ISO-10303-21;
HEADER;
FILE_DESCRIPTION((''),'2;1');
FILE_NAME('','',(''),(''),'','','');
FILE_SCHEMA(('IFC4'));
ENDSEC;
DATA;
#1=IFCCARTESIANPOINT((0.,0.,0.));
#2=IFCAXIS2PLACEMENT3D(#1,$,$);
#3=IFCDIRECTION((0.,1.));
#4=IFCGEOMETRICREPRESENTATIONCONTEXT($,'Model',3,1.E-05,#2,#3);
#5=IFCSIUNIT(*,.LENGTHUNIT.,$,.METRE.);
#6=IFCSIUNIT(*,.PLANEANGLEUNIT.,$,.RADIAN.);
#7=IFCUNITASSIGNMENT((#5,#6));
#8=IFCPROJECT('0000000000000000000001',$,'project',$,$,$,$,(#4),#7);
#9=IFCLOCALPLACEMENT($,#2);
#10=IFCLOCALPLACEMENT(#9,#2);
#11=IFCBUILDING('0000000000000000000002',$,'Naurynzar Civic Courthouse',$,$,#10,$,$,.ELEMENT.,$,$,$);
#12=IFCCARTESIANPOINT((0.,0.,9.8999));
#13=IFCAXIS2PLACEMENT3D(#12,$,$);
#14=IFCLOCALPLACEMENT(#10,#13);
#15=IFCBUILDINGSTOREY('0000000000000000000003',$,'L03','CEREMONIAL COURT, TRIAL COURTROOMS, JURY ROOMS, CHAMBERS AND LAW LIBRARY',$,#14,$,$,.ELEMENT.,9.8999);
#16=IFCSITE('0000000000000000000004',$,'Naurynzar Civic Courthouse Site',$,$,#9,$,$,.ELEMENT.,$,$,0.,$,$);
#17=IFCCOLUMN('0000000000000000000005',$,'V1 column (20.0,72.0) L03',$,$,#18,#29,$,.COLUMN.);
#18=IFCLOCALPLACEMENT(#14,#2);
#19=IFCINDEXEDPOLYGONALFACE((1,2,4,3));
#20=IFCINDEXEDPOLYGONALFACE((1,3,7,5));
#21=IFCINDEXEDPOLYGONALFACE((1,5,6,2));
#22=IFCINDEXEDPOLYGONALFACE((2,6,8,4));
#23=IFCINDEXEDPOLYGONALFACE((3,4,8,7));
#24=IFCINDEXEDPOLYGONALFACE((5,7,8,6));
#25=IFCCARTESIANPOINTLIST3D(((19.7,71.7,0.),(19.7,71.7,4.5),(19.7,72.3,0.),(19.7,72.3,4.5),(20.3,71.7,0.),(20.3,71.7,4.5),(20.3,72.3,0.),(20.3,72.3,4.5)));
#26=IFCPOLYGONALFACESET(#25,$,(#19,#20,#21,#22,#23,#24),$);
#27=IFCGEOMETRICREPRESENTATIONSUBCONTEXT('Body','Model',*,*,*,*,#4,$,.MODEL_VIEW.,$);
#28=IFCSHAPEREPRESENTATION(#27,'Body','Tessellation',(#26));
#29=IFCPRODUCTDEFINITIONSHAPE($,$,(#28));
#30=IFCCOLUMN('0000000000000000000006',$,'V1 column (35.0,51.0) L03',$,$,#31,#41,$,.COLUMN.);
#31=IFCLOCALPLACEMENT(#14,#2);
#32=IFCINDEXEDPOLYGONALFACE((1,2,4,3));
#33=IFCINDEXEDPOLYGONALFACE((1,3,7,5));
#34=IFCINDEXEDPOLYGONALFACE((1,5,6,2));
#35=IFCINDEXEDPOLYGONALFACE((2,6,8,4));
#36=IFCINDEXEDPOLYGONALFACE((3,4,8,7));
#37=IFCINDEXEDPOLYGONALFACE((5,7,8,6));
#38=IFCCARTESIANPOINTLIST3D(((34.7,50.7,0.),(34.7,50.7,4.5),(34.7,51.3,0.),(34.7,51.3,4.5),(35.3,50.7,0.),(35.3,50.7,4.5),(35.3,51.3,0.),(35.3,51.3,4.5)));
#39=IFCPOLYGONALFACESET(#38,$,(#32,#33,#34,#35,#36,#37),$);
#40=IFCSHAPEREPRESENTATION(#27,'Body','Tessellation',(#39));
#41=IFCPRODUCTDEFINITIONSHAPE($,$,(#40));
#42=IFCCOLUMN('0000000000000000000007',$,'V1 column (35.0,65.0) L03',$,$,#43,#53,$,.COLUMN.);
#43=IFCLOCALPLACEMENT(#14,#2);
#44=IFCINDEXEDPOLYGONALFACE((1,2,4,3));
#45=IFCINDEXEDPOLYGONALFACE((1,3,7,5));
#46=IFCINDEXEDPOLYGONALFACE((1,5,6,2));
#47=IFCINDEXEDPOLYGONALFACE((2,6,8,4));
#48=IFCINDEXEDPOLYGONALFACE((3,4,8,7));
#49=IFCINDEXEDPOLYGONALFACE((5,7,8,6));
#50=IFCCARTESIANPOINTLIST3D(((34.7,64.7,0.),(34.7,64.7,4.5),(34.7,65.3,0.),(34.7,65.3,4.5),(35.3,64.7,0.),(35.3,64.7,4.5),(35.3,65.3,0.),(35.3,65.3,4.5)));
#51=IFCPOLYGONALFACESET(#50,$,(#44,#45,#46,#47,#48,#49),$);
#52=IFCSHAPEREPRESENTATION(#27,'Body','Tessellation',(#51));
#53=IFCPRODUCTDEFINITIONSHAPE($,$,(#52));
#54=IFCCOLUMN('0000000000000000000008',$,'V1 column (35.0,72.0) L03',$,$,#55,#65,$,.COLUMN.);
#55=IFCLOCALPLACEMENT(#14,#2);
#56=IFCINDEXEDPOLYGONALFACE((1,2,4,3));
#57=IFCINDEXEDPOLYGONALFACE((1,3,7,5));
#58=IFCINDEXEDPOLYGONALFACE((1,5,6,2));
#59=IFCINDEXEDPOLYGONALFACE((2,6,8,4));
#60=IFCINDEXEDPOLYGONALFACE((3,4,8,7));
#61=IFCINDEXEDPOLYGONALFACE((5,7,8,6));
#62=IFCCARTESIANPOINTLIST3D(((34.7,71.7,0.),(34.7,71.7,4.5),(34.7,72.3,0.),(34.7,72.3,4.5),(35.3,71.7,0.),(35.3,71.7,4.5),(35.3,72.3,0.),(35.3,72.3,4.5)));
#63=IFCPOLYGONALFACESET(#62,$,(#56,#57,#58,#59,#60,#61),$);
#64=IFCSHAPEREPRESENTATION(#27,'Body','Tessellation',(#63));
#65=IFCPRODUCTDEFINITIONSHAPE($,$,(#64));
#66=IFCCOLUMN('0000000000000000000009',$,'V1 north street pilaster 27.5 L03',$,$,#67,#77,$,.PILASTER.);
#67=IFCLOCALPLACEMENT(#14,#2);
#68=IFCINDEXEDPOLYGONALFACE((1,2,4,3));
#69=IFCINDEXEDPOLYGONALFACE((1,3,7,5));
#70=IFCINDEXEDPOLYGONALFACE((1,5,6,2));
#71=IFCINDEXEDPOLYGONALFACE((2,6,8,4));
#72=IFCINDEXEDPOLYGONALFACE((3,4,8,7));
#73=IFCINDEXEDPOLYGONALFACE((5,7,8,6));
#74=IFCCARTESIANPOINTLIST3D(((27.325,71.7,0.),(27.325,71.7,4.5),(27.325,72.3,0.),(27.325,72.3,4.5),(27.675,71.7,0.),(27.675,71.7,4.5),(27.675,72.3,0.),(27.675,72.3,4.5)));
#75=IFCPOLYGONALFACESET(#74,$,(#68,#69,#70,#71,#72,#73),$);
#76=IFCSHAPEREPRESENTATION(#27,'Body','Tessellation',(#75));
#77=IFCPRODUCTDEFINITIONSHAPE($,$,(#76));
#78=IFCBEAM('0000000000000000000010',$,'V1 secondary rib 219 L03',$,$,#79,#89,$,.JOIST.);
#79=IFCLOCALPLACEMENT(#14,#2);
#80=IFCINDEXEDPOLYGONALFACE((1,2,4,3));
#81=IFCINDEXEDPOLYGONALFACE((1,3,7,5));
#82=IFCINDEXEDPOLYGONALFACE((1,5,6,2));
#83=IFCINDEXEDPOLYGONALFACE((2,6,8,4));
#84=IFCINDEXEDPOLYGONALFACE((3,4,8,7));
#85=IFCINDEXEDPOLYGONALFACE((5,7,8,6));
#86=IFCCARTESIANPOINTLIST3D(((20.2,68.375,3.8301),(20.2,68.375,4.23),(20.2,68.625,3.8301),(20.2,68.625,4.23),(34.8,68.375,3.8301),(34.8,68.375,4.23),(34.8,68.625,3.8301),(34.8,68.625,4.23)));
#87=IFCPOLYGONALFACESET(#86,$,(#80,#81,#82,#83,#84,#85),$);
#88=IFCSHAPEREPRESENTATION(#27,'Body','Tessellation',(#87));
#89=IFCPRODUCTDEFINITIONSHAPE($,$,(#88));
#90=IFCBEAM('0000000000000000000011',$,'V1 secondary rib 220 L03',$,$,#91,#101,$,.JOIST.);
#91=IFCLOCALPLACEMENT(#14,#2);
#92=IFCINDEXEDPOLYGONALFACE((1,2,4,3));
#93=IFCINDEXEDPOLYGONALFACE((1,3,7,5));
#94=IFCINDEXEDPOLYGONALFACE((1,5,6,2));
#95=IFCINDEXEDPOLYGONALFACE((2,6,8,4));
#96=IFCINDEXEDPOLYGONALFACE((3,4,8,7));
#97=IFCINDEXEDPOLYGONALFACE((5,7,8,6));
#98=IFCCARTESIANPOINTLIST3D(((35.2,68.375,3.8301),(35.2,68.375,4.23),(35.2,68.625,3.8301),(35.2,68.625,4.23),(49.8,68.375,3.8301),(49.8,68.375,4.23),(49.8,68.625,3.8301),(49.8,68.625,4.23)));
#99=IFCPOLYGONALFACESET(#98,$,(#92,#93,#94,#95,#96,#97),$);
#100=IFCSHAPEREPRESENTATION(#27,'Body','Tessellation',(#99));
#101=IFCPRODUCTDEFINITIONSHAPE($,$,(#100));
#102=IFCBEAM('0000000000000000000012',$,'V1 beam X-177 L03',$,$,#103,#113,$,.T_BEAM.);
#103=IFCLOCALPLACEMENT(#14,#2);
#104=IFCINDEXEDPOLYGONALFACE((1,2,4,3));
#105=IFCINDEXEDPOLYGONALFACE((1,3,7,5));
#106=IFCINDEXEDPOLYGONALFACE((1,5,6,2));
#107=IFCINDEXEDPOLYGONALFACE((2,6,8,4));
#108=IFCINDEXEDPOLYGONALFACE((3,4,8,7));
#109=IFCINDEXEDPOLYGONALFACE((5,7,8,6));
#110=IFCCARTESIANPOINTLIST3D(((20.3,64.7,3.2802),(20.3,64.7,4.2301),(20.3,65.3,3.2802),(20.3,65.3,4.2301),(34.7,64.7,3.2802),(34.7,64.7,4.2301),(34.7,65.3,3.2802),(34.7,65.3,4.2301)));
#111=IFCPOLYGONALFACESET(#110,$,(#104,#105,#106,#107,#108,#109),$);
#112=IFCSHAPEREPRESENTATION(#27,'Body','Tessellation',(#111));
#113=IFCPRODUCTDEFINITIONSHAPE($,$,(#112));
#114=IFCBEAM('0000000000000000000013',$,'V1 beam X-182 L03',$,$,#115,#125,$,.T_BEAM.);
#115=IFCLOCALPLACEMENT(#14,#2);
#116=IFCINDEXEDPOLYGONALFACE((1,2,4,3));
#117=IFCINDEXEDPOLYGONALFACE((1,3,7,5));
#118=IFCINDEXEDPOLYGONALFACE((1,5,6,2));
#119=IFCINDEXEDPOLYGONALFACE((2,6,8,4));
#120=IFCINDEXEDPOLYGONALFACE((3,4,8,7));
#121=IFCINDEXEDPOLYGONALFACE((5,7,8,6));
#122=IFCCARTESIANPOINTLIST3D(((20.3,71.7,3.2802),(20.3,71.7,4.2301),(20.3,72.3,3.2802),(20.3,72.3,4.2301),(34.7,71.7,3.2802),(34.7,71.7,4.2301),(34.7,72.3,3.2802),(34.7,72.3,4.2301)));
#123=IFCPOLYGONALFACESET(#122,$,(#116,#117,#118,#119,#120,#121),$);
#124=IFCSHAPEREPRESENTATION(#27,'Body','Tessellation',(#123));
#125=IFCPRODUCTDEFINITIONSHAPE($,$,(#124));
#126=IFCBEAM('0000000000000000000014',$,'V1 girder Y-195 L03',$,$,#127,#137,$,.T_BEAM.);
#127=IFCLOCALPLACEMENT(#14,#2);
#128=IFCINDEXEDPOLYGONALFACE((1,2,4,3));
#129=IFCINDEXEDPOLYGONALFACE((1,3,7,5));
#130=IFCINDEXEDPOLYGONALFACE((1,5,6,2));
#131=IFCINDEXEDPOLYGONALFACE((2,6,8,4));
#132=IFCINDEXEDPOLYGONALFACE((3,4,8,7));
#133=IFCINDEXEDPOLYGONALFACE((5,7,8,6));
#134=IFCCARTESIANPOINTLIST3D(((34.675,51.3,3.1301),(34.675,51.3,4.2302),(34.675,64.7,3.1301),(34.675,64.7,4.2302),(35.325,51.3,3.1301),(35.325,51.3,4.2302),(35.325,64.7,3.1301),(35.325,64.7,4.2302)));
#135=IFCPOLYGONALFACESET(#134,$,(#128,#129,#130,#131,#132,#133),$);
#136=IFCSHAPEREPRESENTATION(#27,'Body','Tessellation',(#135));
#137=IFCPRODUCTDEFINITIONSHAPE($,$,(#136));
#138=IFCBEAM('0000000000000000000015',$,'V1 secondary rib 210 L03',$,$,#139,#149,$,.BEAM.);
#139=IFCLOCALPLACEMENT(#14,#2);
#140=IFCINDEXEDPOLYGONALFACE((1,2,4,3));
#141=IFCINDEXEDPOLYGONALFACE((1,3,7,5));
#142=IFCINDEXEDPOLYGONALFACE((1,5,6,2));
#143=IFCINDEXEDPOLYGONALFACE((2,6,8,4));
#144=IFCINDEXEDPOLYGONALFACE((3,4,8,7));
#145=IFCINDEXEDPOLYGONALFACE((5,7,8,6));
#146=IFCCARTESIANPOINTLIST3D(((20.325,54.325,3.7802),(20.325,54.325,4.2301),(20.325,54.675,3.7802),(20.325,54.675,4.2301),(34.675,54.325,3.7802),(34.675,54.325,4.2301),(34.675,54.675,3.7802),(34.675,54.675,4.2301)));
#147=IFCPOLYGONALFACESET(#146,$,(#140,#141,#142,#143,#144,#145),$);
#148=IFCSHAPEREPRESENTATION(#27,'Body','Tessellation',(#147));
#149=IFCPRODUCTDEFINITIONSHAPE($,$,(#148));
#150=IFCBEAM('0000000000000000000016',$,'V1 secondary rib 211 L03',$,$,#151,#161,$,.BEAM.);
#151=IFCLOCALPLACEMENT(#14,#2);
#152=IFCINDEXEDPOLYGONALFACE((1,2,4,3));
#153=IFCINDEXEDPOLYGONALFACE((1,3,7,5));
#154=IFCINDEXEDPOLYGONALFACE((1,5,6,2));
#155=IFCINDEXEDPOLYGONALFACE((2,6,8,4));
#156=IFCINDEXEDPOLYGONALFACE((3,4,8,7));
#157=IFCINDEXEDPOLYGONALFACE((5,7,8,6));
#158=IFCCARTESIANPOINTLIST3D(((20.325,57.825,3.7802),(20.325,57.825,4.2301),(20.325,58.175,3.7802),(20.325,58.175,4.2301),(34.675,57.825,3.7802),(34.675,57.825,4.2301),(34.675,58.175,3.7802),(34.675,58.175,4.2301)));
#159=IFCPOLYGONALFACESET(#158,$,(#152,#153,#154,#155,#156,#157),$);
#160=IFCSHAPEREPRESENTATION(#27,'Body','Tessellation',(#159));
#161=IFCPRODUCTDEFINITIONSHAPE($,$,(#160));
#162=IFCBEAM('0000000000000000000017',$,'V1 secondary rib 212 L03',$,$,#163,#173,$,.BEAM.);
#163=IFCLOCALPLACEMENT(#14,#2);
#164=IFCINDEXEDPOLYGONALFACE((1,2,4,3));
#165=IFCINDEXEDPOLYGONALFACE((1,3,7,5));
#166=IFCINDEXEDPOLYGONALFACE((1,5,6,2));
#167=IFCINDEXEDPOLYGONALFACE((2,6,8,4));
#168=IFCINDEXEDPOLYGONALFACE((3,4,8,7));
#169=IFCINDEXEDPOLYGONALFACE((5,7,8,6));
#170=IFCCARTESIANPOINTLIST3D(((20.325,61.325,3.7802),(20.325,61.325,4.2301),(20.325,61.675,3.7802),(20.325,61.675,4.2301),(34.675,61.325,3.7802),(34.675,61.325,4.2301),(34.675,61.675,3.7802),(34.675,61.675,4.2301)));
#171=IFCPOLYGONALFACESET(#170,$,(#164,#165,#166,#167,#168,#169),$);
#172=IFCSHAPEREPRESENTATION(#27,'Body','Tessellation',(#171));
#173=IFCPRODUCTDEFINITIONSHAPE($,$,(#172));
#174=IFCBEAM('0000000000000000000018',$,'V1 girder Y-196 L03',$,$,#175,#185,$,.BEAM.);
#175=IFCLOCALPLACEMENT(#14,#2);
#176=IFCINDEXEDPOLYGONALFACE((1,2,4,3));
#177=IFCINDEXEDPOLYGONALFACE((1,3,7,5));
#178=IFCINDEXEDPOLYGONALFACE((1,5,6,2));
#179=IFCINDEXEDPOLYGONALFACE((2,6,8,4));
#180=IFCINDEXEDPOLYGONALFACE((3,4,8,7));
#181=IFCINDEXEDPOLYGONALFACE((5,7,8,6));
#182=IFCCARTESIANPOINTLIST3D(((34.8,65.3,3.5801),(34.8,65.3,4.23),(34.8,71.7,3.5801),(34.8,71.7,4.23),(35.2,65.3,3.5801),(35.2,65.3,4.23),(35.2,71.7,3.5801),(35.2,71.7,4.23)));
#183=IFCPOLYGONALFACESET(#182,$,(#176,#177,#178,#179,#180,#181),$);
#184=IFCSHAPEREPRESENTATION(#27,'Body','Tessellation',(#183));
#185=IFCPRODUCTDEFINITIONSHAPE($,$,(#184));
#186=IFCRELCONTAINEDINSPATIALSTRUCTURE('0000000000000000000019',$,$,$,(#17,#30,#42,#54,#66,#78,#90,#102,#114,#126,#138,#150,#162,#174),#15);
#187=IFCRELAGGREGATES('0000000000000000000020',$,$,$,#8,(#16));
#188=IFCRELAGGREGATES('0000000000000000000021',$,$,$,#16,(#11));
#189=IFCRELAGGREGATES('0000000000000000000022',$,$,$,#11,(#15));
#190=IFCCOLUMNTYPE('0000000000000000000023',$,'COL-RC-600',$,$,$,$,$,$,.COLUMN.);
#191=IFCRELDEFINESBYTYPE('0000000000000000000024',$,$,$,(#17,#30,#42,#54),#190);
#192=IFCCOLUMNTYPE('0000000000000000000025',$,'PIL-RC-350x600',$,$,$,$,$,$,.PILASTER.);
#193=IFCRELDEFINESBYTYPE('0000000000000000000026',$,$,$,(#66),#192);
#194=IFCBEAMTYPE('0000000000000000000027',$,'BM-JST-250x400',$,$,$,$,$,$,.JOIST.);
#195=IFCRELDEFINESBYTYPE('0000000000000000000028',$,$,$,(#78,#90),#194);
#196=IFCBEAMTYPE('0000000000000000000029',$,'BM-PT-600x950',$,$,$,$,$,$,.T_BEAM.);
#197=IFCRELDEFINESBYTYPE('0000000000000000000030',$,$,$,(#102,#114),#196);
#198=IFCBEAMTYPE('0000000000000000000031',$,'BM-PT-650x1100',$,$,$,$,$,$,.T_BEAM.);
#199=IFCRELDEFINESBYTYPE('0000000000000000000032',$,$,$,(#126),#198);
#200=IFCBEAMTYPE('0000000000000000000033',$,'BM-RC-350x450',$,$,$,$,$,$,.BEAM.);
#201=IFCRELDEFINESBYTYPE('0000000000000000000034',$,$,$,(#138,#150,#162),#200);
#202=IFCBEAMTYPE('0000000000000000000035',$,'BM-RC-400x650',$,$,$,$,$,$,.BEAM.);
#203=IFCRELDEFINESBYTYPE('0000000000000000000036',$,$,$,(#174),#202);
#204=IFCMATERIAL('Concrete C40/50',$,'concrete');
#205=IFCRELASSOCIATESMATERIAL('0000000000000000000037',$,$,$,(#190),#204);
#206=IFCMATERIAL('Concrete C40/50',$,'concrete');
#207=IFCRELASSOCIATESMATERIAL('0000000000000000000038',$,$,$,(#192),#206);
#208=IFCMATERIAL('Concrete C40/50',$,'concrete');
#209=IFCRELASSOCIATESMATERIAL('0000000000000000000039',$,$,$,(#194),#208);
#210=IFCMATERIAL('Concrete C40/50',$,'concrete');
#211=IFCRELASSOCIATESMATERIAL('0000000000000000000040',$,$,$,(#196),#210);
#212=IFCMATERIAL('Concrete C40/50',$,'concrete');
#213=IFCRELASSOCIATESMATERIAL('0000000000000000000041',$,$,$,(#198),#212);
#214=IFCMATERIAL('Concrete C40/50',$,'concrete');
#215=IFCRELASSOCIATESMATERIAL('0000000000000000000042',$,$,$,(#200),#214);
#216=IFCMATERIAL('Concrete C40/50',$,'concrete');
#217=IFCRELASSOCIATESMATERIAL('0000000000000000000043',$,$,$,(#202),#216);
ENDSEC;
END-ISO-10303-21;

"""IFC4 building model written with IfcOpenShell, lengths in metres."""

from ifc_helpers import new_model, si_unit, direction, frame, origin, origin_2d, place, context, subcontext, project, spatial, rectangle, extrude, material, material_profile, profile_set, type_object, element, save


model = new_model("IFC4")

# Units and contexts
model_context = context("Model", 3, precision=1e-05, world=origin(), true_north=direction((0.0, 1.0)))
body_context = subcontext(model_context, "Body", "Model", "MODEL_VIEW")
ifc_project = project(units=[si_unit("LENGTHUNIT", "METRE"), si_unit("PLANEANGLEUNIT", "RADIAN")], contexts=[model_context])

# Site, building, storey
site_placement = place(None, origin())
site = spatial("IfcSite", under=ifc_project, at=site_placement, Name="Naurynzar Civic Courthouse Site", CompositionType="ELEMENT", RefElevation=0.0)
building_placement = place(site_placement, origin())
building = spatial("IfcBuilding", under=site, at=building_placement, Name="Naurynzar Civic Courthouse", CompositionType="ELEMENT")
storey_placement = place(building_placement, frame((0.0, 0.0, 9.8999)))
storey = spatial("IfcBuildingStorey", under=building, at=storey_placement, Name="L03", Description="CEREMONIAL COURT, TRIAL COURTROOMS, JURY ROOMS, CHAMBERS AND LAW LIBRARY", CompositionType="ELEMENT", Elevation=9.8999)

# Columns
ifc_material_1 = material(Name="Concrete C40/50", Category="concrete")
ifc_material_profile_1 = material_profile(ifc_material_1, rectangle(XDim=0.6001, YDim=0.6001, at=origin_2d()), Name="RC 600x600")
ifc_profile_set_1 = profile_set([ifc_material_profile_1], Name="Concrete C40/50")
column_type_1 = type_object("IfcColumnType", Name="COL-RC-600", PredefinedType="COLUMN", material=ifc_profile_set_1)
for number, where, z_axis, x_axis, name in (
    (1, (20.0, 72.0, 0.0), (0.0, 0.0, 1.0), (1.0, 0.0, 0.0), "V1 column (20.0,72.0) L03"),
    (2, (35.0, 51.0, 0.0), (0.0, 0.0, 1.0), (1.0, 0.0, 0.0), "V1 column (35.0,51.0) L03"),
    (3, (35.0, 65.0, 0.0), (0.0, 0.0, 1.0), (1.0, 0.0, 0.0), "V1 column (35.0,65.0) L03"),
    (4, (35.0, 72.0, 0.0), (0.0, 0.0, 1.0), (1.0, 0.0, 0.0), "V1 column (35.0,72.0) L03"),
):
    element("IfcColumn", number, at=place(storey_placement, frame(where, z_axis=z_axis, x_axis=x_axis)), inside=storey, type_object=column_type_1, Name=name, PredefinedType="COLUMN", context=body_context, shape_type="SweptSolid", body=[
        extrude(rectangle(XDim=0.6001, YDim=0.6001, at=origin_2d()), origin(), (0.0, 0.0, 1.0), 4.5),
    ])
ifc_material_2 = material(Name="Concrete C40/50", Category="concrete")
ifc_material_profile_2 = material_profile(ifc_material_2, rectangle(XDim=0.3501, YDim=0.6001, at=origin_2d()), Name="RC 350x600")
ifc_profile_set_2 = profile_set([ifc_material_profile_2], Name="Concrete C40/50")
column_type_2 = type_object("IfcColumnType", Name="PIL-RC-350x600", PredefinedType="PILASTER", material=ifc_profile_set_2)
column_placement = place(storey_placement, frame((27.5, 72.0, 0.0), z_axis=(0.0, 0.0, 1.0), x_axis=(1.0, 0.0, 0.0)))
element("IfcColumn", 5, at=column_placement, inside=storey, type_object=column_type_2, Name="V1 north street pilaster 27.5 L03", PredefinedType="PILASTER", context=body_context, shape_type="SweptSolid", body=[
    extrude(rectangle(XDim=0.3501, YDim=0.6001, at=origin_2d()), origin(), (0.0, 0.0, 1.0), 4.5),
])

# Beams
ifc_material_3 = material(Name="Concrete C40/50", Category="concrete")
ifc_material_profile_3 = material_profile(ifc_material_3, rectangle(XDim=0.25, YDim=0.3999, at=origin_2d()), Name="RCB 250x400")
ifc_profile_set_3 = profile_set([ifc_material_profile_3], Name="Concrete C40/50")
beam_type_1 = type_object("IfcBeamType", Name="BM-JST-250x400", PredefinedType="JOIST", material=ifc_profile_set_3)
for number, where, z_axis, x_axis, name in (
    (6, (20.2, 68.5, 4.03), (1.0, 0.0, 0.0), (0.0, 1.0, 0.0), "V1 secondary rib 219 L03"),
    (7, (35.2, 68.5, 4.03), (1.0, 0.0, 0.0), (0.0, 1.0, 0.0), "V1 secondary rib 220 L03"),
):
    element("IfcBeam", number, at=place(storey_placement, frame(where, z_axis=z_axis, x_axis=x_axis)), inside=storey, type_object=beam_type_1, Name=name, PredefinedType="JOIST", context=body_context, shape_type="SweptSolid", body=[
        extrude(rectangle(XDim=0.25, YDim=0.3999, at=origin_2d()), origin(), (0.0, 0.0, 1.0), 14.6001),
    ])
ifc_material_4 = material(Name="Concrete C40/50", Category="concrete")
ifc_material_profile_4 = material_profile(ifc_material_4, rectangle(XDim=0.6001, YDim=0.95, at=origin_2d()), Name="PTB 600x950")
ifc_profile_set_4 = profile_set([ifc_material_profile_4], Name="Concrete C40/50")
beam_type_2 = type_object("IfcBeamType", Name="BM-PT-600x950", PredefinedType="T_BEAM", material=ifc_profile_set_4)
for number, where, z_axis, x_axis, name in (
    (8, (20.3, 65.0, 3.7551), (1.0, 0.0, 0.0), (0.0, 1.0, 0.0), "V1 beam X-177 L03"),
    (9, (20.3, 72.0, 3.7551), (1.0, 0.0, 0.0), (0.0, 1.0, 0.0), "V1 beam X-182 L03"),
):
    element("IfcBeam", number, at=place(storey_placement, frame(where, z_axis=z_axis, x_axis=x_axis)), inside=storey, type_object=beam_type_2, Name=name, PredefinedType="T_BEAM", context=body_context, shape_type="SweptSolid", body=[
        extrude(rectangle(XDim=0.6001, YDim=0.95, at=origin_2d()), origin(), (0.0, 0.0, 1.0), 14.3999),
    ])
ifc_material_5 = material(Name="Concrete C40/50", Category="concrete")
ifc_material_profile_5 = material_profile(ifc_material_5, rectangle(XDim=0.6499, YDim=1.1001, at=origin_2d()), Name="PTB 650x1100")
ifc_profile_set_5 = profile_set([ifc_material_profile_5], Name="Concrete C40/50")
beam_type_3 = type_object("IfcBeamType", Name="BM-PT-650x1100", PredefinedType="T_BEAM", material=ifc_profile_set_5)
beam_1_placement = place(storey_placement, frame((35.0, 51.3, 3.6802), z_axis=(0.0, 1.0, 0.0), x_axis=(-1.0, 0.0, 0.0)))
element("IfcBeam", 10, at=beam_1_placement, inside=storey, type_object=beam_type_3, Name="V1 girder Y-195 L03", PredefinedType="T_BEAM", context=body_context, shape_type="SweptSolid", body=[
    extrude(rectangle(XDim=0.6499, YDim=1.1001, at=origin_2d()), origin(), (0.0, 0.0, 1.0), 13.3999),
])
ifc_material_6 = material(Name="Concrete C40/50", Category="concrete")
ifc_material_profile_6 = material_profile(ifc_material_6, rectangle(XDim=0.3501, YDim=0.45, at=origin_2d()), Name="RCB 350x450")
ifc_profile_set_6 = profile_set([ifc_material_profile_6], Name="Concrete C40/50")
beam_type_4 = type_object("IfcBeamType", Name="BM-RC-350x450", PredefinedType="BEAM", material=ifc_profile_set_6)
for number, where, z_axis, x_axis, name in (
    (11, (20.325, 54.5, 4.0051), (1.0, 0.0, 0.0), (0.0, 1.0, 0.0), "V1 secondary rib 210 L03"),
    (12, (20.325, 58.0, 4.0051), (1.0, 0.0, 0.0), (0.0, 1.0, 0.0), "V1 secondary rib 211 L03"),
    (13, (20.325, 61.5, 4.0051), (1.0, 0.0, 0.0), (0.0, 1.0, 0.0), "V1 secondary rib 212 L03"),
):
    element("IfcBeam", number, at=place(storey_placement, frame(where, z_axis=z_axis, x_axis=x_axis)), inside=storey, type_object=beam_type_4, Name=name, PredefinedType="BEAM", context=body_context, shape_type="SweptSolid", body=[
        extrude(rectangle(XDim=0.3501, YDim=0.45, at=origin_2d()), origin(), (0.0, 0.0, 1.0), 14.3501),
    ])
ifc_material_7 = material(Name="Concrete C40/50", Category="concrete")
ifc_material_profile_7 = material_profile(ifc_material_7, rectangle(XDim=0.3999, YDim=0.6499, at=origin_2d()), Name="RCB 400x650")
ifc_profile_set_7 = profile_set([ifc_material_profile_7], Name="Concrete C40/50")
beam_type_5 = type_object("IfcBeamType", Name="BM-RC-400x650", PredefinedType="BEAM", material=ifc_profile_set_7)
beam_2_placement = place(storey_placement, frame((35.0, 65.3, 3.905), z_axis=(0.0, 1.0, 0.0), x_axis=(-1.0, 0.0, 0.0)))
element("IfcBeam", 14, at=beam_2_placement, inside=storey, type_object=beam_type_5, Name="V1 girder Y-196 L03", PredefinedType="BEAM", context=body_context, shape_type="SweptSolid", body=[
    extrude(rectangle(XDim=0.3999, YDim=0.6499, at=origin_2d()), origin(), (0.0, 0.0, 1.0), 6.3999),
])

save(model, "model.ifc")
